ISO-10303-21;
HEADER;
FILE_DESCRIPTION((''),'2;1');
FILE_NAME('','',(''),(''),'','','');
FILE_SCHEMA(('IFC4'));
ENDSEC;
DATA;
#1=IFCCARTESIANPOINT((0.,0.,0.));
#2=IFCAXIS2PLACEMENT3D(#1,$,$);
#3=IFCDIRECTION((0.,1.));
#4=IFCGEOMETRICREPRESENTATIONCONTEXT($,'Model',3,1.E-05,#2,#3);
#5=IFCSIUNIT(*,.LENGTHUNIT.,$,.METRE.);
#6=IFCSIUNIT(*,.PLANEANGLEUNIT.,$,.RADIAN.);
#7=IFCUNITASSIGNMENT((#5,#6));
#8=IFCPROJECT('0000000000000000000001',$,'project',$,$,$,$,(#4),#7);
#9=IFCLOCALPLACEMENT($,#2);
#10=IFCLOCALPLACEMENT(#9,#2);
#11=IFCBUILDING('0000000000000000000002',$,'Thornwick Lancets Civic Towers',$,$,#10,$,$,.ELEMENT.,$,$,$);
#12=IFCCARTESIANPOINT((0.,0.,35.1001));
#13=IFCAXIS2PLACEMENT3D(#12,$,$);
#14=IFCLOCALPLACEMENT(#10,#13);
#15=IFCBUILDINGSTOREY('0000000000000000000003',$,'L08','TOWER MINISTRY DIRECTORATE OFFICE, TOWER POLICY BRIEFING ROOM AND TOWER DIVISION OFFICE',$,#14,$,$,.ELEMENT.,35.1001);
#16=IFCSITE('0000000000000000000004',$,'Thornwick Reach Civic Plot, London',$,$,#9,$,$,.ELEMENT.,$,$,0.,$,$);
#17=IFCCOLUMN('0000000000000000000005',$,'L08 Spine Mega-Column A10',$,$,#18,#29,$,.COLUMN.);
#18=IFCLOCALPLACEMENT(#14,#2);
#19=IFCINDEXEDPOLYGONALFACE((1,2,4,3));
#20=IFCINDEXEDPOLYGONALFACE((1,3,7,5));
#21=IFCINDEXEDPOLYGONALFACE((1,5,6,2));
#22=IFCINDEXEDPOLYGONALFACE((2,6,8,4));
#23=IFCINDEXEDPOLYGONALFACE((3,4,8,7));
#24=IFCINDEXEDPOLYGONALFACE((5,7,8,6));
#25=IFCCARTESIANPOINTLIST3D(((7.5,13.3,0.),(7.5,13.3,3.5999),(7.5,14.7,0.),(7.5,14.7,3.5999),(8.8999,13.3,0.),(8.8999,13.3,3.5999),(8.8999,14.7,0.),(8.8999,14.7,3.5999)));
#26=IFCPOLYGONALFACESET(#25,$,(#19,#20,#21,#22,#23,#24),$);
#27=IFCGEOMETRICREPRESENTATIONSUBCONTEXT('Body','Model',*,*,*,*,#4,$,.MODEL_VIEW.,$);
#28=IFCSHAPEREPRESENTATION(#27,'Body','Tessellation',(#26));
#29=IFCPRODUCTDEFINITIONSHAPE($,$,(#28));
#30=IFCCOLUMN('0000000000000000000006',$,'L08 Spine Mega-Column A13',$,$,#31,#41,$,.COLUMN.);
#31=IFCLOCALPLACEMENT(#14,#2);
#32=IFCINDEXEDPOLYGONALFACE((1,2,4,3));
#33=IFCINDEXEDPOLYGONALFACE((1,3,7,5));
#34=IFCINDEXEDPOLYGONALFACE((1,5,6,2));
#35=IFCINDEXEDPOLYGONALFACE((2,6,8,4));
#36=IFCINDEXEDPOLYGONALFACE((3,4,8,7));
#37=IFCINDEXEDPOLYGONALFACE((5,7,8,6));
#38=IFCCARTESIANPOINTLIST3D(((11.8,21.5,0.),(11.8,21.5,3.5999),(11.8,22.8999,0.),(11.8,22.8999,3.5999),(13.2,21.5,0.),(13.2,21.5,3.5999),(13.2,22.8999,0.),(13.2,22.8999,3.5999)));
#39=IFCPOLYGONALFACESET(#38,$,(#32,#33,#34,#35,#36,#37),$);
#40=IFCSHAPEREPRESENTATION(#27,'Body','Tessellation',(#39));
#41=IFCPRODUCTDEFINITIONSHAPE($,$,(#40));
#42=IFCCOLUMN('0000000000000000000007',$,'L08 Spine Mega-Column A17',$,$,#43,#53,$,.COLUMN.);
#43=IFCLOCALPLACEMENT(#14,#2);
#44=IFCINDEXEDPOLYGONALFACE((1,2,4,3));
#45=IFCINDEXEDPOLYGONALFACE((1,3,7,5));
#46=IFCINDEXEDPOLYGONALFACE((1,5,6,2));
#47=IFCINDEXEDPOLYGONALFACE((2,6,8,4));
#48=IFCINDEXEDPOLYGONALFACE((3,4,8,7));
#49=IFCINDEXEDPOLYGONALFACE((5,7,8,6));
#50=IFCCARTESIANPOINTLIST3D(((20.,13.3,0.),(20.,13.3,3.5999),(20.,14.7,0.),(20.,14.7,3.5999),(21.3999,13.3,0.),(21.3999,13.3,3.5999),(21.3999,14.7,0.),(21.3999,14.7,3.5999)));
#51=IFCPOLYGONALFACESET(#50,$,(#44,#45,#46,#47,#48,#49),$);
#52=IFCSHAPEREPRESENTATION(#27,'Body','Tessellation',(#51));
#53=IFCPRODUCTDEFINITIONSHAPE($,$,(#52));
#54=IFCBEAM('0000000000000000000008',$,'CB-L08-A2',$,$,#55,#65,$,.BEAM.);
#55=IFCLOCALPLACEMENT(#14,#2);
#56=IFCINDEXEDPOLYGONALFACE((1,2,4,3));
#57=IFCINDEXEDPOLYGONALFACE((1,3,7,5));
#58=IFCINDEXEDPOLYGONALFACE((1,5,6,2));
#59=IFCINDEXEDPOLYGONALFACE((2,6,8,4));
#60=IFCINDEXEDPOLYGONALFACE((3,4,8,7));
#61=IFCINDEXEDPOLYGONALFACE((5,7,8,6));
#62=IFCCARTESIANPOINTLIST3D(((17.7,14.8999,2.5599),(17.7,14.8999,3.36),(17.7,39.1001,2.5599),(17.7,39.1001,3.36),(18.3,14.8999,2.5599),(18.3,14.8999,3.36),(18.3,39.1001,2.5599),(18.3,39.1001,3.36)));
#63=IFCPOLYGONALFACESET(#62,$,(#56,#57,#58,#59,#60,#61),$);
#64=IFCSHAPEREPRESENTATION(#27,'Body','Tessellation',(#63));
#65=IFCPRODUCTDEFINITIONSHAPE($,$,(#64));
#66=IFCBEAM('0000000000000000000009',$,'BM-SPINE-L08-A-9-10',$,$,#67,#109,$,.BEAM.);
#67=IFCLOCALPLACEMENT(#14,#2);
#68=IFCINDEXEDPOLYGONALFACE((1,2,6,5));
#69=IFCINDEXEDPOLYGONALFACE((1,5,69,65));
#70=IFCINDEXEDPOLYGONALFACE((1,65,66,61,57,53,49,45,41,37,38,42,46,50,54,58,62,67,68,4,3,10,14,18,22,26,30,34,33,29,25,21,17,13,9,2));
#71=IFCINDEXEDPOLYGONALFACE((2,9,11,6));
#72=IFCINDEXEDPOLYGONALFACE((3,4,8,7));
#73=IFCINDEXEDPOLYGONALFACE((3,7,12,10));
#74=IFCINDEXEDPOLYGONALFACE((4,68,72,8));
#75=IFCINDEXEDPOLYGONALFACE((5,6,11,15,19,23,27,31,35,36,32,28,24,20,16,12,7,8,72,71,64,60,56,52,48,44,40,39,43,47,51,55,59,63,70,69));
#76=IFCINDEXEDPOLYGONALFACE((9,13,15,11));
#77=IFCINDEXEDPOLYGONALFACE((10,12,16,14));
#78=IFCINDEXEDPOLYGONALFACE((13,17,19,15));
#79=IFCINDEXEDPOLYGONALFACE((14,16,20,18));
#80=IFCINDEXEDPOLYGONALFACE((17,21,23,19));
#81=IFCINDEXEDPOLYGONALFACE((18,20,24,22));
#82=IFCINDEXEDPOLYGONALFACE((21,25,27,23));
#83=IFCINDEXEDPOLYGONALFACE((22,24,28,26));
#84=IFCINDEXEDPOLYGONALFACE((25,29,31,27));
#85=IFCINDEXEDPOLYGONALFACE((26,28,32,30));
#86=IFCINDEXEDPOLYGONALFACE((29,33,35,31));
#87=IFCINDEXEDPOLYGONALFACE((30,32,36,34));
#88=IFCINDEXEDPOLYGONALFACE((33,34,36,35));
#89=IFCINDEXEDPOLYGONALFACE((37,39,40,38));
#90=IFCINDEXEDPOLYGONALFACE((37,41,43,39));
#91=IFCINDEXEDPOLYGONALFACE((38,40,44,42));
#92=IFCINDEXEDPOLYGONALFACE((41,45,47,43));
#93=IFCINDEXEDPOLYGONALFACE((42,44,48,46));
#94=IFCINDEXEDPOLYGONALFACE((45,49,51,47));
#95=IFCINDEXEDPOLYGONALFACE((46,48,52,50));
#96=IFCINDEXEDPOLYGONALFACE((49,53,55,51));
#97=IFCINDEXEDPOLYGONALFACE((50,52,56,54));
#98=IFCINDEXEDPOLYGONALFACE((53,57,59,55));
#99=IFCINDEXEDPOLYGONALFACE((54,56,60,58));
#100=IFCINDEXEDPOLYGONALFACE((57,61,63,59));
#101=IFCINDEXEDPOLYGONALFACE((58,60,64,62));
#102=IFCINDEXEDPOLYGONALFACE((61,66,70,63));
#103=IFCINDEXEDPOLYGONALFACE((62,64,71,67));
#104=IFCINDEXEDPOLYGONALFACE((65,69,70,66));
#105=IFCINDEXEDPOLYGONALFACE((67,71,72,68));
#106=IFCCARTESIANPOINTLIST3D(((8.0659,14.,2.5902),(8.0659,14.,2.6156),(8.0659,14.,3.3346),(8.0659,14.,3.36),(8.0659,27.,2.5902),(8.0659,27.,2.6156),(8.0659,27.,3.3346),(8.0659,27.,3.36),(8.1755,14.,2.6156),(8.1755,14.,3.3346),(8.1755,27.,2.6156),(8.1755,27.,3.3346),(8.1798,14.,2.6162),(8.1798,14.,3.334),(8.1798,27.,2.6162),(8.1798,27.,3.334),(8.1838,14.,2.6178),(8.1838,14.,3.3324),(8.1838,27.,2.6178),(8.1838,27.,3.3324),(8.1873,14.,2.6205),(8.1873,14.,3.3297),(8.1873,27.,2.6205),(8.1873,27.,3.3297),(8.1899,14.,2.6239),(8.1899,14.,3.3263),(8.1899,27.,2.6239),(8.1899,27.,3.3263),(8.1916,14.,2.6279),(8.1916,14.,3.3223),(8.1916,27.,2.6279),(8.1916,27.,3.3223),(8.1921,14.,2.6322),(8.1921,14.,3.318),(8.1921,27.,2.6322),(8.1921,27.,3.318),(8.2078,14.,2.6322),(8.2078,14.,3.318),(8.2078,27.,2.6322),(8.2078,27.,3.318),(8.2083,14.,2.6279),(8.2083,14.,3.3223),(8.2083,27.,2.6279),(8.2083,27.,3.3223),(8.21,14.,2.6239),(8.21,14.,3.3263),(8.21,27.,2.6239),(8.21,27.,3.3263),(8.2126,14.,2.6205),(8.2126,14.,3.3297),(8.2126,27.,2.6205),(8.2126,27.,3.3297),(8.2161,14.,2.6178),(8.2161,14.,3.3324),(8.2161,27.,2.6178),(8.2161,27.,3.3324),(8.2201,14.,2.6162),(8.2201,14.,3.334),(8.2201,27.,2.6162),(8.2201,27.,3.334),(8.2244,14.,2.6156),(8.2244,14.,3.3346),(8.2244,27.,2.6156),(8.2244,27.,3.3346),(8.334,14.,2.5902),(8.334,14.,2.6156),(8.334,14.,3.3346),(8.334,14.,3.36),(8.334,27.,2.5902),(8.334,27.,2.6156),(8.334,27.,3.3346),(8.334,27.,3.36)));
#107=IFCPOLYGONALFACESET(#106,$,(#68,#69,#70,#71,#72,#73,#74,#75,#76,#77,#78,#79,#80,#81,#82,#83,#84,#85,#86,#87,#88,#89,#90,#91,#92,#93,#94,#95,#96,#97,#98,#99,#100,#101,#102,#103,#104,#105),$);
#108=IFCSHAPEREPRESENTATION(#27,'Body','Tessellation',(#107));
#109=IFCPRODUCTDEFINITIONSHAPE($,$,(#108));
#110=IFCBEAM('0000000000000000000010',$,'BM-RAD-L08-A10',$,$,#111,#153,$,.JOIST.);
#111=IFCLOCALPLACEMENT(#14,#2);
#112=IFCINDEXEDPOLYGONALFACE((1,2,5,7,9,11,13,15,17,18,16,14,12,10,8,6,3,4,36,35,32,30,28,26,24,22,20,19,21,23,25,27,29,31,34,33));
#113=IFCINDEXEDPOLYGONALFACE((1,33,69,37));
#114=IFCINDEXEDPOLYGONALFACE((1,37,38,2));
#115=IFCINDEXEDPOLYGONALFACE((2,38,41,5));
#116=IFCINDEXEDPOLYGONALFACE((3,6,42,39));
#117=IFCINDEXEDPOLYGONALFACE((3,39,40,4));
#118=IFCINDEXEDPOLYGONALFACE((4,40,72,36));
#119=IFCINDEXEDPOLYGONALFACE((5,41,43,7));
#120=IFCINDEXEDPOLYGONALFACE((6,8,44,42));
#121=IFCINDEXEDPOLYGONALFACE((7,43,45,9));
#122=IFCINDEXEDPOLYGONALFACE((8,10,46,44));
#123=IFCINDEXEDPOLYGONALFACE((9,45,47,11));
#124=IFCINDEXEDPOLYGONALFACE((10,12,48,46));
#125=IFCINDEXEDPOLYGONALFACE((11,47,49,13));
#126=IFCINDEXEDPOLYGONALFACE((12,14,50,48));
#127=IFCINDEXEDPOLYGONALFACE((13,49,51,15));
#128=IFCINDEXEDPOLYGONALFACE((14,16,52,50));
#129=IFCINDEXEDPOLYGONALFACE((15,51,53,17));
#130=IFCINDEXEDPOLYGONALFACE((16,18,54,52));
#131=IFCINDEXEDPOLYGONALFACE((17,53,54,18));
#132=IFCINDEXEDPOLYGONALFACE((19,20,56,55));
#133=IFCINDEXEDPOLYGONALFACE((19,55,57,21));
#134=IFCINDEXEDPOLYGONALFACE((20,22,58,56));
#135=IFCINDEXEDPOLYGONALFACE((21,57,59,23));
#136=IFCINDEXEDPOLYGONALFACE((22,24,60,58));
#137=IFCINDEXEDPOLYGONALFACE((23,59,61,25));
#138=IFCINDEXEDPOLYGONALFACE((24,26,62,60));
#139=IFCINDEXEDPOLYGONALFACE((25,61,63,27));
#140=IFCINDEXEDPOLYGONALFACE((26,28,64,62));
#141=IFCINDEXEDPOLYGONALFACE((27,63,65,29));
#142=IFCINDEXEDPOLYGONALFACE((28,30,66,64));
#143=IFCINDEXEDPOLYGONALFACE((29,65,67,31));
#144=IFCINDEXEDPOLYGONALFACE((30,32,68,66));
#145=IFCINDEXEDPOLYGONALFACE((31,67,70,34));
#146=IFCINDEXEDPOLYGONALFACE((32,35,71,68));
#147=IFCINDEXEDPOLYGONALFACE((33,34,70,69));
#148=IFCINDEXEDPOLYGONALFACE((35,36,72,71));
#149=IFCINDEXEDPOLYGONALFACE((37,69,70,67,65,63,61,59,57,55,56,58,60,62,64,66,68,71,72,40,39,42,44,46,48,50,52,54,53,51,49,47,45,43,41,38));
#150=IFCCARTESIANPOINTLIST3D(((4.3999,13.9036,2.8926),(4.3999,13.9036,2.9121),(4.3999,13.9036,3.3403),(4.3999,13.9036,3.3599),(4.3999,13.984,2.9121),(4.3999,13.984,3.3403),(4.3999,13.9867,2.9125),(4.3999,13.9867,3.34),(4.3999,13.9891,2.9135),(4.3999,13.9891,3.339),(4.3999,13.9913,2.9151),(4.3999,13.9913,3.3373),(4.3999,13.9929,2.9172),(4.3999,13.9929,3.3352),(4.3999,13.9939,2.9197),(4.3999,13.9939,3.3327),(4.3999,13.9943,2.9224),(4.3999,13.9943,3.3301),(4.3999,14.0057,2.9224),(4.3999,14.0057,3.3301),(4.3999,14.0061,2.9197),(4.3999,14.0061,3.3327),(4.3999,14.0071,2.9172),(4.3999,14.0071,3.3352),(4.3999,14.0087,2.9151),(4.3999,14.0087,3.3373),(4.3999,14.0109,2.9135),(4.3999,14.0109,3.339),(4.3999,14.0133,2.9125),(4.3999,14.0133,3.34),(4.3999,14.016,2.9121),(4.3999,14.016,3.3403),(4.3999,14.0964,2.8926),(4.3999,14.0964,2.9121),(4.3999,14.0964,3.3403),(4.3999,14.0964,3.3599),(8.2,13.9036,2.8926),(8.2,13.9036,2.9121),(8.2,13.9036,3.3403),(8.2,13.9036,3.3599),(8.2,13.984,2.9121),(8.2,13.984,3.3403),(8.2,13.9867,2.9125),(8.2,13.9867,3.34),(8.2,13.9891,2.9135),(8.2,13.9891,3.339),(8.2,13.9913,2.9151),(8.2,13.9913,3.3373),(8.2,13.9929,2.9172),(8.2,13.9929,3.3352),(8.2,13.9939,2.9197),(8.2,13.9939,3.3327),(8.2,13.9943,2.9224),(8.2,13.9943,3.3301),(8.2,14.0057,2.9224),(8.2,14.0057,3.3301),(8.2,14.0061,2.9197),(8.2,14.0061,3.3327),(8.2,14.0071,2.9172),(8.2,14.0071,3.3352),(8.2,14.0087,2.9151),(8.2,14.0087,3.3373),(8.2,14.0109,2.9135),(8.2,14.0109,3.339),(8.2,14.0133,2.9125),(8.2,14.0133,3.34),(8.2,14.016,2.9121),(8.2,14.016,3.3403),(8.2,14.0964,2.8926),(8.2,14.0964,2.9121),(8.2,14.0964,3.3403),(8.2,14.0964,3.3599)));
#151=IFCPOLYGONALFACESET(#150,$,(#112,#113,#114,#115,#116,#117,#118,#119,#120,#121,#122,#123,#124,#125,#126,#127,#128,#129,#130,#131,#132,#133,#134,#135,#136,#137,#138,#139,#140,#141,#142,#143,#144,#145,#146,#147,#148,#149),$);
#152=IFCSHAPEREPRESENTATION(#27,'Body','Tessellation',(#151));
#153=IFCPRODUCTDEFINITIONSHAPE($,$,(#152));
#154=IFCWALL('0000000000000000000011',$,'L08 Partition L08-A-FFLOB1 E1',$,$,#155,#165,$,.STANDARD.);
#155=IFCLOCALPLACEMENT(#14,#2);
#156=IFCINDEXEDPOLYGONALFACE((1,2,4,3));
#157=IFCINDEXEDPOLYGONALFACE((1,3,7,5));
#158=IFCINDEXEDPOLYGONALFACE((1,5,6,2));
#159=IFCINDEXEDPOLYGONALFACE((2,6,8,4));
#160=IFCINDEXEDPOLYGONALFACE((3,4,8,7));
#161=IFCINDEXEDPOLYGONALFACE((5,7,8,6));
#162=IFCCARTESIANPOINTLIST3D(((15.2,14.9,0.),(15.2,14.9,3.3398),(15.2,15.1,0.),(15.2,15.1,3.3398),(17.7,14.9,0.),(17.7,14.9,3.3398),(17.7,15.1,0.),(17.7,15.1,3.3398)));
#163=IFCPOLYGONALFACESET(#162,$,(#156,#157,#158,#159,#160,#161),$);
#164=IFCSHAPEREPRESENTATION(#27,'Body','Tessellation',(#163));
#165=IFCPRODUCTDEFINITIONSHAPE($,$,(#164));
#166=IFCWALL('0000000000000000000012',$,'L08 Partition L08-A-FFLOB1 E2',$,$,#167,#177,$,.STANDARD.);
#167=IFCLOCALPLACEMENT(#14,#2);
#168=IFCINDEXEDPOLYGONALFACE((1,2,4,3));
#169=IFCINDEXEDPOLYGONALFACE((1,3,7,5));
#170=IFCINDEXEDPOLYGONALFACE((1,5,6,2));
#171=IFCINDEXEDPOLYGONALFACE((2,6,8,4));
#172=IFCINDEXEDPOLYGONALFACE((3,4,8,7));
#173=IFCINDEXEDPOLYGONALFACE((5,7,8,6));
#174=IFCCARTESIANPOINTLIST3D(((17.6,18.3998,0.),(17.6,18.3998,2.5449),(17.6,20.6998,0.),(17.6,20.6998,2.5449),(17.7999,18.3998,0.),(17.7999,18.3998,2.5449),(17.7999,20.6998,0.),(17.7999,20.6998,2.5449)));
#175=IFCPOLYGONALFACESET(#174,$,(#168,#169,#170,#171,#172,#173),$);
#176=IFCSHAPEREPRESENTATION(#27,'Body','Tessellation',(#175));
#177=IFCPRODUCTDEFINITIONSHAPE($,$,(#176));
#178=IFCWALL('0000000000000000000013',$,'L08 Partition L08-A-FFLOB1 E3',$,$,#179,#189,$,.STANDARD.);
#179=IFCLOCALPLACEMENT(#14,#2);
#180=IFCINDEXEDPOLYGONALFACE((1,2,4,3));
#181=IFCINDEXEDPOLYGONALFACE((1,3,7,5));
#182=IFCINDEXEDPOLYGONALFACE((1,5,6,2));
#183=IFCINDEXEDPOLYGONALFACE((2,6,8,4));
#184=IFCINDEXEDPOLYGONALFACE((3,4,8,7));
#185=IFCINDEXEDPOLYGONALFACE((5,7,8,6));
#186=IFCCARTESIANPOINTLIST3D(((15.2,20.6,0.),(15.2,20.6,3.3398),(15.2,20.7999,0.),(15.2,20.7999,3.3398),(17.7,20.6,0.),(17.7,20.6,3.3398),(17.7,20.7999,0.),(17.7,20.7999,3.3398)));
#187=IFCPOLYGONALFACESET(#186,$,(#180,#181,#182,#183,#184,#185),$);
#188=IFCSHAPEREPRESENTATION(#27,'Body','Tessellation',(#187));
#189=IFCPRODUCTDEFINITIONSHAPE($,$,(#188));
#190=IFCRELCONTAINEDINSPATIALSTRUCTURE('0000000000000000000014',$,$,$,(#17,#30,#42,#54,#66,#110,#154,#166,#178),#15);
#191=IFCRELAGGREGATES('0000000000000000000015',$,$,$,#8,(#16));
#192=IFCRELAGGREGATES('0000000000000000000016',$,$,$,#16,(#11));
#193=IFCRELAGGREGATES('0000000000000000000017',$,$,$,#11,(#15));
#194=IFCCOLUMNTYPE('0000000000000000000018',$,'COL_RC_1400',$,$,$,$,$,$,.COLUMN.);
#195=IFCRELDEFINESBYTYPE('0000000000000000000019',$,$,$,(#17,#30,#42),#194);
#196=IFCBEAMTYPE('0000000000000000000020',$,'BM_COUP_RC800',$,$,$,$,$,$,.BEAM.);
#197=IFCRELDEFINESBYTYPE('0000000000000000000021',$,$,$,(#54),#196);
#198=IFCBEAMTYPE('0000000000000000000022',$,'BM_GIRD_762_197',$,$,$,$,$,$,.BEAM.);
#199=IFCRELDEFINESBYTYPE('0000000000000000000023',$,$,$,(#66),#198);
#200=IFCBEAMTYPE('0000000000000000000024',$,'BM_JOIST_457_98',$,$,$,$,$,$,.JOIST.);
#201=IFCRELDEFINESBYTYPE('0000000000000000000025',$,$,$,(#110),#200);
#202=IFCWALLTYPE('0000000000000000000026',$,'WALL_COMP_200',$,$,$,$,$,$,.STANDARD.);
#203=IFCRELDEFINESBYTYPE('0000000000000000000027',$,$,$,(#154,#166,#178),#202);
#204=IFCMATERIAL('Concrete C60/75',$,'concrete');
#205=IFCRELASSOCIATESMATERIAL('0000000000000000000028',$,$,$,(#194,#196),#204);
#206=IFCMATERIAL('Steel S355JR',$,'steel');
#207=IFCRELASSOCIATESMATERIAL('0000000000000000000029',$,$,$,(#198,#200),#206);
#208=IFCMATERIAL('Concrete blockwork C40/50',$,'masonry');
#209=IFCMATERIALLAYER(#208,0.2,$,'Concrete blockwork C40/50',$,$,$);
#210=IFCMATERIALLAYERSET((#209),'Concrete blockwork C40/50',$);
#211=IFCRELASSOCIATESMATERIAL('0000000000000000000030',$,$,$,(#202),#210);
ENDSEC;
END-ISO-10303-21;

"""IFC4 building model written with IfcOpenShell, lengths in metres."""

from ifc_helpers import new_model, si_unit, direction, frame, frame_2d, origin, origin_2d, place, context, subcontext, project, spatial, rectangle, i_section, extrude, material, layer, layer_set, material_profile, profile_set, type_object, element, save


model = new_model("IFC4")

# Units and contexts
model_context = context("Model", 3, precision=1e-05, world=origin(), true_north=direction((0.0, 1.0)))
body_context = subcontext(model_context, "Body", "Model", "MODEL_VIEW")
ifc_project = project(units=[si_unit("LENGTHUNIT", "METRE"), si_unit("PLANEANGLEUNIT", "RADIAN")], contexts=[model_context])

# Site, building, storey
site_placement = place(None, origin())
site = spatial("IfcSite", under=ifc_project, at=site_placement, Name="Thornwick Reach Civic Plot, London", CompositionType="ELEMENT", RefElevation=0.0)
building_placement = place(site_placement, origin())
building = spatial("IfcBuilding", under=site, at=building_placement, Name="Thornwick Lancets Civic Towers", CompositionType="ELEMENT")
storey_placement = place(building_placement, frame((0.0, 0.0, 35.1001)))
storey = spatial("IfcBuildingStorey", under=building, at=storey_placement, Name="L08", Description="TOWER MINISTRY DIRECTORATE OFFICE, TOWER POLICY BRIEFING ROOM AND TOWER DIVISION OFFICE", CompositionType="ELEMENT", Elevation=35.1001)

# Columns
ifc_material_1 = material(Name="Concrete C60/75", Category="concrete")
ifc_material_profile_1 = material_profile(ifc_material_1, rectangle(XDim=1.3999, YDim=1.3999, at=origin_2d()), Name="RC 1400x1400")
ifc_profile_set_1 = profile_set([ifc_material_profile_1], Name="Concrete C60/75")
column_type = type_object("IfcColumnType", Name="COL_RC_1400", PredefinedType="COLUMN", material=ifc_profile_set_1)
for number, where, z_axis, x_axis, name in (
    (1, (8.2, 14.0, 0.0), (0.0, 0.0, 1.0), (1.0, 0.0, 0.0), "L08 Spine Mega-Column A10"),
    (2, (12.5, 22.2, 0.0), (0.0, 0.0, 1.0), (1.0, 0.0, 0.0), "L08 Spine Mega-Column A13"),
    (3, (20.7, 14.0, 0.0), (0.0, 0.0, 1.0), (1.0, 0.0, 0.0), "L08 Spine Mega-Column A17"),
):
    element("IfcColumn", number, at=place(storey_placement, frame(where, z_axis=z_axis, x_axis=x_axis)), inside=storey, type_object=column_type, Name=name, PredefinedType="COLUMN", context=body_context, shape_type="SweptSolid", body=[
        extrude(rectangle(XDim=1.3999, YDim=1.3999, at=origin_2d()), origin(), (0.0, 0.0, 1.0), 3.5999),
    ])

# Beams
ifc_material_profile_2 = material_profile(ifc_material_1, rectangle(XDim=0.6001, YDim=0.8, at=origin_2d()), Name="RC 600x800")
ifc_profile_set_2 = profile_set([ifc_material_profile_2], Name="Concrete C60/75")
beam_type_1 = type_object("IfcBeamType", Name="BM_COUP_RC800", PredefinedType="BEAM", material=ifc_profile_set_2)
beam_1_placement = place(storey_placement, frame((18.0, 14.8999, 2.96), z_axis=(0.0, 1.0, 0.0), x_axis=(-1.0, 0.0, 0.0)))
element("IfcBeam", 4, at=beam_1_placement, inside=storey, type_object=beam_type_1, Name="CB-L08-A2", PredefinedType="BEAM", context=body_context, shape_type="SweptSolid", body=[
    extrude(rectangle(XDim=0.6001, YDim=0.8, at=origin_2d()), origin(), (0.0, 0.0, 1.0), 24.2002),
])
ifc_material_2 = material(Name="Steel S355JR", Category="steel")
ifc_material_profile_3 = material_profile(ifc_material_2, i_section(OverallWidth=0.2681, OverallDepth=0.7698, WebThickness=0.0156, FlangeThickness=0.0254, FilletRadius=0.0166, at=origin_2d()), Name="UKB 762x267x197")
ifc_profile_set_3 = profile_set([ifc_material_profile_3], Name="Steel S355JR")
beam_type_2 = type_object("IfcBeamType", Name="BM_GIRD_762_197", PredefinedType="BEAM", material=ifc_profile_set_3)
beam_2_placement = place(storey_placement, frame((8.2, 14.0, 2.9751), z_axis=(0.0, 1.0, 0.0), x_axis=(-1.0, 0.0, 0.0)))
element("IfcBeam", 5, at=beam_2_placement, inside=storey, type_object=beam_type_2, Name="BM-SPINE-L08-A-9-10", PredefinedType="BEAM", context=body_context, shape_type="SweptSolid", body=[
    extrude(i_section(OverallWidth=0.2681, OverallDepth=0.7698, WebThickness=0.0156, FlangeThickness=0.0254, FilletRadius=0.0166, at=origin_2d()), origin(), (0.0, 0.0, 1.0), 13.0),
])
ifc_material_profile_4 = material_profile(ifc_material_2, i_section(OverallWidth=0.1929, OverallDepth=0.4673, WebThickness=0.0115, FlangeThickness=0.0195, FilletRadius=0.0103, at=origin_2d()), Name="UKB 457x191x98")
ifc_profile_set_4 = profile_set([ifc_material_profile_4], Name="Steel S355JR")
beam_type_3 = type_object("IfcBeamType", Name="BM_JOIST_457_98", PredefinedType="JOIST", material=ifc_profile_set_4)
beam_3_placement = place(storey_placement, frame((8.2, 14.0, 3.1262), z_axis=(-1.0, 0.0, 0.0), x_axis=(0.0, -1.0, 0.0)))
element("IfcBeam", 6, at=beam_3_placement, inside=storey, type_object=beam_type_3, Name="BM-RAD-L08-A10", PredefinedType="JOIST", context=body_context, shape_type="SweptSolid", body=[
    extrude(i_section(OverallWidth=0.1929, OverallDepth=0.4673, WebThickness=0.0115, FlangeThickness=0.0195, FilletRadius=0.0103, at=origin_2d()), origin(), (0.0, 0.0, 1.0), 3.8),
])

# Walls
ifc_material_3 = material(Name="Concrete blockwork C40/50", Category="masonry")
ifc_layer_1 = layer(ifc_material_3, 0.2, Name="Concrete blockwork C40/50")
ifc_layer_set_1 = layer_set([ifc_layer_1], Name="Concrete blockwork C40/50")
wall_type_1 = type_object("IfcWallType", Name="WALL_COMP_200", PredefinedType="STANDARD", material=ifc_layer_set_1)
wall_1_placement = place(storey_placement, frame((15.2, 15.0, 0.0), z_axis=(0.0, 0.0, 1.0), x_axis=(1.0, 0.0, 0.0)))
element("IfcWall", 7, at=wall_1_placement, inside=storey, type_object=wall_type_1, Name="L08 Partition L08-A-FFLOB1 E1", PredefinedType="STANDARD", context=body_context, shape_type="SweptSolid", body=[
    extrude(rectangle(XDim=2.5, YDim=0.2, at=frame_2d((1.25, 0.0))), origin(), (0.0, 0.0, 1.0), 3.3398),
])
wall_2_placement = place(storey_placement, frame((17.7, 18.3999, 0.0), z_axis=(0.0, 0.0, 1.0), x_axis=(0.0, 1.0, 0.0)))
element("IfcWall", 8, at=wall_2_placement, inside=storey, type_object=wall_type_1, Name="L08 Partition L08-A-FFLOB1 E2", PredefinedType="STANDARD", context=body_context, shape_type="SweptSolid", body=[
    extrude(rectangle(XDim=2.3, YDim=0.2, at=frame_2d((1.1499, 0.0))), origin(), (0.0, 0.0, 1.0), 2.5449),
])
wall_3_placement = place(storey_placement, frame((17.7, 20.7, 0.0), z_axis=(0.0, 0.0, 1.0), x_axis=(-1.0, 0.0, 0.0)))
element("IfcWall", 9, at=wall_3_placement, inside=storey, type_object=wall_type_1, Name="L08 Partition L08-A-FFLOB1 E3", PredefinedType="STANDARD", context=body_context, shape_type="SweptSolid", body=[
    extrude(rectangle(XDim=2.5, YDim=0.2, at=frame_2d((1.25, 0.0))), origin(), (0.0, 0.0, 1.0), 3.3398),
])

save(model, "model.ifc")
